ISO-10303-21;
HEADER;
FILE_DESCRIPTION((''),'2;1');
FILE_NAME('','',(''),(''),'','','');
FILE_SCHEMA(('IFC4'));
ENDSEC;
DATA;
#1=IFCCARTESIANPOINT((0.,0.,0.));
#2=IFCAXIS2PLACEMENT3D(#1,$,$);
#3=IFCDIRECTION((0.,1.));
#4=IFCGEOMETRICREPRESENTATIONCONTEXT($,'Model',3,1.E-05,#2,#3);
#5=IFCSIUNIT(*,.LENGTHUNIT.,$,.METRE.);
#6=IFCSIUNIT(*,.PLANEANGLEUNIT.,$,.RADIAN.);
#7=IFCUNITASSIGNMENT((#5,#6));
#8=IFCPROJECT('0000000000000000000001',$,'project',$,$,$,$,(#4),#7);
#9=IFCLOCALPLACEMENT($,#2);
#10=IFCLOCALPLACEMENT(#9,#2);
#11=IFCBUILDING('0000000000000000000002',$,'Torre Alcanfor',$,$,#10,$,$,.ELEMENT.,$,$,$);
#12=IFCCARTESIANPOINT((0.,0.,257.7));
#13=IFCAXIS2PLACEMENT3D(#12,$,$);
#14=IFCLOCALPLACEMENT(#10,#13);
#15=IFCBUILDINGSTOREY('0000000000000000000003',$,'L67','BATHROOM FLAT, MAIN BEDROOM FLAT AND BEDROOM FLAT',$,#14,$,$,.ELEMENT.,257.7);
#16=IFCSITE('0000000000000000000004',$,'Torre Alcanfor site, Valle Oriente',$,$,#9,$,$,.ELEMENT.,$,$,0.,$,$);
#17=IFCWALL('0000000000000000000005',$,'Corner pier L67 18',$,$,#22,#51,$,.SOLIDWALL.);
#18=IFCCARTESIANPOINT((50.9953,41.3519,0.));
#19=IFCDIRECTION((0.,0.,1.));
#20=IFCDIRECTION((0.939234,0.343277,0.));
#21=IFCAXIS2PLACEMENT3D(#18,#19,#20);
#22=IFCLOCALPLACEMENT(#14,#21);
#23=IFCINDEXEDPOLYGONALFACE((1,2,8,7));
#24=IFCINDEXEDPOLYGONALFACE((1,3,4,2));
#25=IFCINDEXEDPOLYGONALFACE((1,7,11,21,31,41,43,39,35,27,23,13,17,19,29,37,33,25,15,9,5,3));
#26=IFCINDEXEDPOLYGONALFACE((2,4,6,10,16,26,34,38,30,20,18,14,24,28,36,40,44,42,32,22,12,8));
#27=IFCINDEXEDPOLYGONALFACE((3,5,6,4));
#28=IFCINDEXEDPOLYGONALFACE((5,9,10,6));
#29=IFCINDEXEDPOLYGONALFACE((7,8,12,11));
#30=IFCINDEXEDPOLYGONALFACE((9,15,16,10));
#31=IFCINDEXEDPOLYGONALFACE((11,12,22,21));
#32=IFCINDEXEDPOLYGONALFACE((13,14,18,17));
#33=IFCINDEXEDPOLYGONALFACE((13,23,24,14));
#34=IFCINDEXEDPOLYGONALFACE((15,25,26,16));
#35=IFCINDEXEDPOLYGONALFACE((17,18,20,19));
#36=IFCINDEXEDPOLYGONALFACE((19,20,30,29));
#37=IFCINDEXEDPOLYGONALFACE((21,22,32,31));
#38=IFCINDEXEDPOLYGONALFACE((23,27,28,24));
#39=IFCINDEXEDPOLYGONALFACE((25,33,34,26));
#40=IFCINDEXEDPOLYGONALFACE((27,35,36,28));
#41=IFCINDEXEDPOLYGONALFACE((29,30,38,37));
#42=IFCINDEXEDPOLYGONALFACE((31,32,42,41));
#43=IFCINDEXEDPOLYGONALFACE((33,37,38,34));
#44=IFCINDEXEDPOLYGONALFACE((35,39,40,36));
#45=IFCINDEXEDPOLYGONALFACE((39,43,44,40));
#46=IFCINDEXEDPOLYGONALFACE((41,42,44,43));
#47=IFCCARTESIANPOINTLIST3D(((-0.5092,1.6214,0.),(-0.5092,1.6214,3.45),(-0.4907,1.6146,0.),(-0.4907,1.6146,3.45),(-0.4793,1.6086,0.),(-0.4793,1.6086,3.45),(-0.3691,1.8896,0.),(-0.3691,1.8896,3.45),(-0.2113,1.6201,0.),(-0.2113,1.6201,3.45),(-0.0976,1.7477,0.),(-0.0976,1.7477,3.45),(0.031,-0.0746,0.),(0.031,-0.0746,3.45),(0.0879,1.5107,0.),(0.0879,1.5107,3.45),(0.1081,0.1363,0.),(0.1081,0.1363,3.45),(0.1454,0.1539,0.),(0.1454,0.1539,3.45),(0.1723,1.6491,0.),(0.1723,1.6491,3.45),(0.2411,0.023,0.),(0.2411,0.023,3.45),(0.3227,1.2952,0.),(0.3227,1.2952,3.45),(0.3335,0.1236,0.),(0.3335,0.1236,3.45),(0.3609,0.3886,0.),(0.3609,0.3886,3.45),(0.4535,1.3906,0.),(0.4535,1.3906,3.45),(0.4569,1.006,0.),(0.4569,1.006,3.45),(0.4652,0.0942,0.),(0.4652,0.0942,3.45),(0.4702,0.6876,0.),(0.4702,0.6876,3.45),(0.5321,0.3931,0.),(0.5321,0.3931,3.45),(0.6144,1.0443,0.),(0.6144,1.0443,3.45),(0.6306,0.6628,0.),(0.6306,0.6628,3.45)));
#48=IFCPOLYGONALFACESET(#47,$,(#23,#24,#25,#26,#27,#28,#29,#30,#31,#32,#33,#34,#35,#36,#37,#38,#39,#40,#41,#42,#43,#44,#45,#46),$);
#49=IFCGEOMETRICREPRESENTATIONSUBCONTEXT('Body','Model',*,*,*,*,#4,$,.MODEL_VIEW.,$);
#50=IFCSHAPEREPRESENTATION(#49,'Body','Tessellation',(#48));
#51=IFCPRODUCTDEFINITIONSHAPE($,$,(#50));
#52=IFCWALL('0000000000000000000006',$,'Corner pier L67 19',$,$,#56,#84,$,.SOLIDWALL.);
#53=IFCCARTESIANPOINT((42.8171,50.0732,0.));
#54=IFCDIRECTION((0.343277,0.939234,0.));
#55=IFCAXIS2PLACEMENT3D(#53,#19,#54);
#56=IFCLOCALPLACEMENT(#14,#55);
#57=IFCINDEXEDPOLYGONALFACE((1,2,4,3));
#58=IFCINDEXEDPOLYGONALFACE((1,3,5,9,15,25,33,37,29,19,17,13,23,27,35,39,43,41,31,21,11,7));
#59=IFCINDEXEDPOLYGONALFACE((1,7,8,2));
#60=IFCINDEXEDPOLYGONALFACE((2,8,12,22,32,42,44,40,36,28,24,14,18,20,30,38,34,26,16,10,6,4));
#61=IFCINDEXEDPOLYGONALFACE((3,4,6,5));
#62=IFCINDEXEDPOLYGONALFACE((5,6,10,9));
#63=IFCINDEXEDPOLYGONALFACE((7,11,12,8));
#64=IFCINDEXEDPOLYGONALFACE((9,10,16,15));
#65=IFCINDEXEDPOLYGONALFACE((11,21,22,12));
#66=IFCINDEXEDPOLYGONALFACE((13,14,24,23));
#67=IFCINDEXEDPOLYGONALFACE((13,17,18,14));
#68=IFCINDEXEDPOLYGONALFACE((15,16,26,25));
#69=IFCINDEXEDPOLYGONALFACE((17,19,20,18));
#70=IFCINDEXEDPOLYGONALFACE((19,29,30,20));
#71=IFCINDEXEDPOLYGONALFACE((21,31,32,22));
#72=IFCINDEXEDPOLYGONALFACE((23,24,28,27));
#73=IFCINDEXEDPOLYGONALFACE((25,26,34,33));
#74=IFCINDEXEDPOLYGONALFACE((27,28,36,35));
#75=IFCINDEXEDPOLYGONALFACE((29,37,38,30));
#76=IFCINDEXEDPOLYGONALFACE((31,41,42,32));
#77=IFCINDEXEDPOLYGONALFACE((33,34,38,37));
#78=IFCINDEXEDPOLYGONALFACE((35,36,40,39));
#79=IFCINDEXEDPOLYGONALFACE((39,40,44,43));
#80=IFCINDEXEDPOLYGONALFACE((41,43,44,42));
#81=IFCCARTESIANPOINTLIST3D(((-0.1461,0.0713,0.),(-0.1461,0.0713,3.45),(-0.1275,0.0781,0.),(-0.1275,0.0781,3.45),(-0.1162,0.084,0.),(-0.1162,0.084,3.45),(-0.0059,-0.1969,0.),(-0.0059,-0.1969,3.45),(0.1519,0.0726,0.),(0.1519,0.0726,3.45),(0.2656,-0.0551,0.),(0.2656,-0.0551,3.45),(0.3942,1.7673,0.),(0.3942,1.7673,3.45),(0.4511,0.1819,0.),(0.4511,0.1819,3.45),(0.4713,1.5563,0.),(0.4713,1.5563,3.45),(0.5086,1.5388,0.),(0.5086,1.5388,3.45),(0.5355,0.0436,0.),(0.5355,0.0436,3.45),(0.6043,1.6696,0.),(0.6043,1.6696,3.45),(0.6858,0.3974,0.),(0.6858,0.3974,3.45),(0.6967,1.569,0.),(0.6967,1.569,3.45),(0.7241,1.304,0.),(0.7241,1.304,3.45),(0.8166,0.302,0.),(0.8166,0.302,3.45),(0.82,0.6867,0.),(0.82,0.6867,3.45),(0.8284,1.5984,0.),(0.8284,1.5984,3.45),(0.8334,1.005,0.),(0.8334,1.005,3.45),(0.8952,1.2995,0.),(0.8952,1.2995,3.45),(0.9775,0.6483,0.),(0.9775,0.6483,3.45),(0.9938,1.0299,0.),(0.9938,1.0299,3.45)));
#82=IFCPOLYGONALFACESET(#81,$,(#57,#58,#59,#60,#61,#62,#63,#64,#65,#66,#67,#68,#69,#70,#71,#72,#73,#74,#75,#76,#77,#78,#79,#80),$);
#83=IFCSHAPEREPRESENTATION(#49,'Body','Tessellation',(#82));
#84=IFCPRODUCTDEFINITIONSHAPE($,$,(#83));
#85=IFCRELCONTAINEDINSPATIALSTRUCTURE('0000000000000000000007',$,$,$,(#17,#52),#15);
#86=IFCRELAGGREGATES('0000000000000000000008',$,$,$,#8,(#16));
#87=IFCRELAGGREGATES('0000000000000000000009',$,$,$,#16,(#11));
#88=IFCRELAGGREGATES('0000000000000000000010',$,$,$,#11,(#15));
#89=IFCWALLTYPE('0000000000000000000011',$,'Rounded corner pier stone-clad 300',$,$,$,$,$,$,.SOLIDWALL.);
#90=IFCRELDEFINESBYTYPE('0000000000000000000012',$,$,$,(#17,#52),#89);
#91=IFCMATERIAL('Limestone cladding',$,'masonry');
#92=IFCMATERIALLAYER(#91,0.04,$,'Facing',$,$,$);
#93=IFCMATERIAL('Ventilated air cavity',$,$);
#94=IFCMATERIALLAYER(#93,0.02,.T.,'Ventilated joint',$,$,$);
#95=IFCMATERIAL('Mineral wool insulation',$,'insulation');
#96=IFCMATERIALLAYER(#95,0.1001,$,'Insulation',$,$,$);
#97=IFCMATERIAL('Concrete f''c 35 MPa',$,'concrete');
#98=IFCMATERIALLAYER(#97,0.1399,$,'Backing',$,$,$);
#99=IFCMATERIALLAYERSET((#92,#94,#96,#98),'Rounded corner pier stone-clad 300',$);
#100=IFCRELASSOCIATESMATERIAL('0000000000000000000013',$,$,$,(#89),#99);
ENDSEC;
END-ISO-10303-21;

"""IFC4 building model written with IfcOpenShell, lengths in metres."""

from ifc_helpers import new_model, si_unit, direction, frame, origin, place, context, subcontext, project, spatial, polyline, outline, extrude, material, layer, layer_set, type_object, element, save


model = new_model("IFC4")

# Units and contexts
model_context = context("Model", 3, precision=1e-05, world=origin(), true_north=direction((0.0, 1.0)))
body_context = subcontext(model_context, "Body", "Model", "MODEL_VIEW")
ifc_project = project(units=[si_unit("LENGTHUNIT", "METRE"), si_unit("PLANEANGLEUNIT", "RADIAN")], contexts=[model_context])

# Site, building, storey
site_placement = place(None, origin())
site = spatial("IfcSite", under=ifc_project, at=site_placement, Name="Torre Alcanfor site, Valle Oriente", CompositionType="ELEMENT", RefElevation=0.0)
building_placement = place(site_placement, origin())
building = spatial("IfcBuilding", under=site, at=building_placement, Name="Torre Alcanfor", CompositionType="ELEMENT")
storey_placement = place(building_placement, frame((0.0, 0.0, 257.7)))
storey = spatial("IfcBuildingStorey", under=building, at=storey_placement, Name="L67", Description="BATHROOM FLAT, MAIN BEDROOM FLAT AND BEDROOM FLAT", CompositionType="ELEMENT", Elevation=257.7)

# Shared definitions
ifc_material_1 = material(Name="Limestone cladding", Category="masonry")
ifc_material_2 = material(Name="Ventilated air cavity")
ifc_material_3 = material(Name="Mineral wool insulation", Category="insulation")
ifc_material_4 = material(Name="Concrete f'c 35 MPa", Category="concrete")

# Walls
ifc_layer_1 = layer(ifc_material_1, 0.04, Name="Facing")
ifc_layer_2 = layer(ifc_material_2, 0.02, ventilated=True, Name="Ventilated joint")
ifc_layer_3 = layer(ifc_material_3, 0.1001, Name="Insulation")
ifc_layer_4 = layer(ifc_material_4, 0.1399, Name="Backing")
ifc_layer_set_1 = layer_set([ifc_layer_1, ifc_layer_2, ifc_layer_3, ifc_layer_4], Name="Rounded corner pier stone-clad 300")
wall_type_1 = type_object("IfcWallType", Name="Rounded corner pier stone-clad 300", PredefinedType="SOLIDWALL", material=ifc_layer_set_1)
wall_1_placement = place(storey_placement, frame((50.9953, 41.3519, 0.0), z_axis=(0.0, 0.0, 1.0), x_axis=(0.939234, 0.343277, 0.0)))
element("IfcWall", 1, at=wall_1_placement, inside=storey, type_object=wall_type_1, Name="Corner pier L67 18", PredefinedType="SOLIDWALL", context=body_context, shape_type="SweptSolid", body=[
    extrude(outline(polyline([(0.5321, 0.3931), (0.6306, 0.6628), (0.6144, 1.0443), (0.4535, 1.3906), (0.1723, 1.6491), (-0.0976, 1.7477), (-0.3691, 1.8896), (-0.5092, 1.6214), (-0.4907, 1.6146), (-0.4793, 1.6086), (-0.2113, 1.6201), (0.0879, 1.5107), (0.3227, 1.2952), (0.4569, 1.006), (0.4702, 0.6876), (0.3609, 0.3886), (0.1454, 0.1539), (0.1081, 0.1363), (0.031, -0.0746), (0.2411, 0.023), (0.3335, 0.1236), (0.4652, 0.0942), (0.5321, 0.3931)])), origin(), (0.0, 0.0, 1.0), 3.45),
])
wall_2_placement = place(storey_placement, frame((42.8171, 50.0732, 0.0), z_axis=(0.0, 0.0, 1.0), x_axis=(0.343277, 0.939234, 0.0)))
element("IfcWall", 2, at=wall_2_placement, inside=storey, type_object=wall_type_1, Name="Corner pier L67 19", PredefinedType="SOLIDWALL", context=body_context, shape_type="SweptSolid", body=[
    extrude(outline(polyline([(0.2656, -0.0551), (0.5355, 0.0436), (0.8166, 0.302), (0.9775, 0.6483), (0.9938, 1.0299), (0.8952, 1.2995), (0.8284, 1.5984), (0.6967, 1.569), (0.6043, 1.6696), (0.3942, 1.7673), (0.4713, 1.5563), (0.5086, 1.5388), (0.7241, 1.304), (0.8334, 1.005), (0.82, 0.6867), (0.6858, 0.3974), (0.4511, 0.1819), (0.1519, 0.0726), (-0.1162, 0.084), (-0.1275, 0.0781), (-0.1461, 0.0713), (-0.0059, -0.1969), (0.2656, -0.0551)])), origin(), (0.0, 0.0, 1.0), 3.45),
])

save(model, "model.ifc")
